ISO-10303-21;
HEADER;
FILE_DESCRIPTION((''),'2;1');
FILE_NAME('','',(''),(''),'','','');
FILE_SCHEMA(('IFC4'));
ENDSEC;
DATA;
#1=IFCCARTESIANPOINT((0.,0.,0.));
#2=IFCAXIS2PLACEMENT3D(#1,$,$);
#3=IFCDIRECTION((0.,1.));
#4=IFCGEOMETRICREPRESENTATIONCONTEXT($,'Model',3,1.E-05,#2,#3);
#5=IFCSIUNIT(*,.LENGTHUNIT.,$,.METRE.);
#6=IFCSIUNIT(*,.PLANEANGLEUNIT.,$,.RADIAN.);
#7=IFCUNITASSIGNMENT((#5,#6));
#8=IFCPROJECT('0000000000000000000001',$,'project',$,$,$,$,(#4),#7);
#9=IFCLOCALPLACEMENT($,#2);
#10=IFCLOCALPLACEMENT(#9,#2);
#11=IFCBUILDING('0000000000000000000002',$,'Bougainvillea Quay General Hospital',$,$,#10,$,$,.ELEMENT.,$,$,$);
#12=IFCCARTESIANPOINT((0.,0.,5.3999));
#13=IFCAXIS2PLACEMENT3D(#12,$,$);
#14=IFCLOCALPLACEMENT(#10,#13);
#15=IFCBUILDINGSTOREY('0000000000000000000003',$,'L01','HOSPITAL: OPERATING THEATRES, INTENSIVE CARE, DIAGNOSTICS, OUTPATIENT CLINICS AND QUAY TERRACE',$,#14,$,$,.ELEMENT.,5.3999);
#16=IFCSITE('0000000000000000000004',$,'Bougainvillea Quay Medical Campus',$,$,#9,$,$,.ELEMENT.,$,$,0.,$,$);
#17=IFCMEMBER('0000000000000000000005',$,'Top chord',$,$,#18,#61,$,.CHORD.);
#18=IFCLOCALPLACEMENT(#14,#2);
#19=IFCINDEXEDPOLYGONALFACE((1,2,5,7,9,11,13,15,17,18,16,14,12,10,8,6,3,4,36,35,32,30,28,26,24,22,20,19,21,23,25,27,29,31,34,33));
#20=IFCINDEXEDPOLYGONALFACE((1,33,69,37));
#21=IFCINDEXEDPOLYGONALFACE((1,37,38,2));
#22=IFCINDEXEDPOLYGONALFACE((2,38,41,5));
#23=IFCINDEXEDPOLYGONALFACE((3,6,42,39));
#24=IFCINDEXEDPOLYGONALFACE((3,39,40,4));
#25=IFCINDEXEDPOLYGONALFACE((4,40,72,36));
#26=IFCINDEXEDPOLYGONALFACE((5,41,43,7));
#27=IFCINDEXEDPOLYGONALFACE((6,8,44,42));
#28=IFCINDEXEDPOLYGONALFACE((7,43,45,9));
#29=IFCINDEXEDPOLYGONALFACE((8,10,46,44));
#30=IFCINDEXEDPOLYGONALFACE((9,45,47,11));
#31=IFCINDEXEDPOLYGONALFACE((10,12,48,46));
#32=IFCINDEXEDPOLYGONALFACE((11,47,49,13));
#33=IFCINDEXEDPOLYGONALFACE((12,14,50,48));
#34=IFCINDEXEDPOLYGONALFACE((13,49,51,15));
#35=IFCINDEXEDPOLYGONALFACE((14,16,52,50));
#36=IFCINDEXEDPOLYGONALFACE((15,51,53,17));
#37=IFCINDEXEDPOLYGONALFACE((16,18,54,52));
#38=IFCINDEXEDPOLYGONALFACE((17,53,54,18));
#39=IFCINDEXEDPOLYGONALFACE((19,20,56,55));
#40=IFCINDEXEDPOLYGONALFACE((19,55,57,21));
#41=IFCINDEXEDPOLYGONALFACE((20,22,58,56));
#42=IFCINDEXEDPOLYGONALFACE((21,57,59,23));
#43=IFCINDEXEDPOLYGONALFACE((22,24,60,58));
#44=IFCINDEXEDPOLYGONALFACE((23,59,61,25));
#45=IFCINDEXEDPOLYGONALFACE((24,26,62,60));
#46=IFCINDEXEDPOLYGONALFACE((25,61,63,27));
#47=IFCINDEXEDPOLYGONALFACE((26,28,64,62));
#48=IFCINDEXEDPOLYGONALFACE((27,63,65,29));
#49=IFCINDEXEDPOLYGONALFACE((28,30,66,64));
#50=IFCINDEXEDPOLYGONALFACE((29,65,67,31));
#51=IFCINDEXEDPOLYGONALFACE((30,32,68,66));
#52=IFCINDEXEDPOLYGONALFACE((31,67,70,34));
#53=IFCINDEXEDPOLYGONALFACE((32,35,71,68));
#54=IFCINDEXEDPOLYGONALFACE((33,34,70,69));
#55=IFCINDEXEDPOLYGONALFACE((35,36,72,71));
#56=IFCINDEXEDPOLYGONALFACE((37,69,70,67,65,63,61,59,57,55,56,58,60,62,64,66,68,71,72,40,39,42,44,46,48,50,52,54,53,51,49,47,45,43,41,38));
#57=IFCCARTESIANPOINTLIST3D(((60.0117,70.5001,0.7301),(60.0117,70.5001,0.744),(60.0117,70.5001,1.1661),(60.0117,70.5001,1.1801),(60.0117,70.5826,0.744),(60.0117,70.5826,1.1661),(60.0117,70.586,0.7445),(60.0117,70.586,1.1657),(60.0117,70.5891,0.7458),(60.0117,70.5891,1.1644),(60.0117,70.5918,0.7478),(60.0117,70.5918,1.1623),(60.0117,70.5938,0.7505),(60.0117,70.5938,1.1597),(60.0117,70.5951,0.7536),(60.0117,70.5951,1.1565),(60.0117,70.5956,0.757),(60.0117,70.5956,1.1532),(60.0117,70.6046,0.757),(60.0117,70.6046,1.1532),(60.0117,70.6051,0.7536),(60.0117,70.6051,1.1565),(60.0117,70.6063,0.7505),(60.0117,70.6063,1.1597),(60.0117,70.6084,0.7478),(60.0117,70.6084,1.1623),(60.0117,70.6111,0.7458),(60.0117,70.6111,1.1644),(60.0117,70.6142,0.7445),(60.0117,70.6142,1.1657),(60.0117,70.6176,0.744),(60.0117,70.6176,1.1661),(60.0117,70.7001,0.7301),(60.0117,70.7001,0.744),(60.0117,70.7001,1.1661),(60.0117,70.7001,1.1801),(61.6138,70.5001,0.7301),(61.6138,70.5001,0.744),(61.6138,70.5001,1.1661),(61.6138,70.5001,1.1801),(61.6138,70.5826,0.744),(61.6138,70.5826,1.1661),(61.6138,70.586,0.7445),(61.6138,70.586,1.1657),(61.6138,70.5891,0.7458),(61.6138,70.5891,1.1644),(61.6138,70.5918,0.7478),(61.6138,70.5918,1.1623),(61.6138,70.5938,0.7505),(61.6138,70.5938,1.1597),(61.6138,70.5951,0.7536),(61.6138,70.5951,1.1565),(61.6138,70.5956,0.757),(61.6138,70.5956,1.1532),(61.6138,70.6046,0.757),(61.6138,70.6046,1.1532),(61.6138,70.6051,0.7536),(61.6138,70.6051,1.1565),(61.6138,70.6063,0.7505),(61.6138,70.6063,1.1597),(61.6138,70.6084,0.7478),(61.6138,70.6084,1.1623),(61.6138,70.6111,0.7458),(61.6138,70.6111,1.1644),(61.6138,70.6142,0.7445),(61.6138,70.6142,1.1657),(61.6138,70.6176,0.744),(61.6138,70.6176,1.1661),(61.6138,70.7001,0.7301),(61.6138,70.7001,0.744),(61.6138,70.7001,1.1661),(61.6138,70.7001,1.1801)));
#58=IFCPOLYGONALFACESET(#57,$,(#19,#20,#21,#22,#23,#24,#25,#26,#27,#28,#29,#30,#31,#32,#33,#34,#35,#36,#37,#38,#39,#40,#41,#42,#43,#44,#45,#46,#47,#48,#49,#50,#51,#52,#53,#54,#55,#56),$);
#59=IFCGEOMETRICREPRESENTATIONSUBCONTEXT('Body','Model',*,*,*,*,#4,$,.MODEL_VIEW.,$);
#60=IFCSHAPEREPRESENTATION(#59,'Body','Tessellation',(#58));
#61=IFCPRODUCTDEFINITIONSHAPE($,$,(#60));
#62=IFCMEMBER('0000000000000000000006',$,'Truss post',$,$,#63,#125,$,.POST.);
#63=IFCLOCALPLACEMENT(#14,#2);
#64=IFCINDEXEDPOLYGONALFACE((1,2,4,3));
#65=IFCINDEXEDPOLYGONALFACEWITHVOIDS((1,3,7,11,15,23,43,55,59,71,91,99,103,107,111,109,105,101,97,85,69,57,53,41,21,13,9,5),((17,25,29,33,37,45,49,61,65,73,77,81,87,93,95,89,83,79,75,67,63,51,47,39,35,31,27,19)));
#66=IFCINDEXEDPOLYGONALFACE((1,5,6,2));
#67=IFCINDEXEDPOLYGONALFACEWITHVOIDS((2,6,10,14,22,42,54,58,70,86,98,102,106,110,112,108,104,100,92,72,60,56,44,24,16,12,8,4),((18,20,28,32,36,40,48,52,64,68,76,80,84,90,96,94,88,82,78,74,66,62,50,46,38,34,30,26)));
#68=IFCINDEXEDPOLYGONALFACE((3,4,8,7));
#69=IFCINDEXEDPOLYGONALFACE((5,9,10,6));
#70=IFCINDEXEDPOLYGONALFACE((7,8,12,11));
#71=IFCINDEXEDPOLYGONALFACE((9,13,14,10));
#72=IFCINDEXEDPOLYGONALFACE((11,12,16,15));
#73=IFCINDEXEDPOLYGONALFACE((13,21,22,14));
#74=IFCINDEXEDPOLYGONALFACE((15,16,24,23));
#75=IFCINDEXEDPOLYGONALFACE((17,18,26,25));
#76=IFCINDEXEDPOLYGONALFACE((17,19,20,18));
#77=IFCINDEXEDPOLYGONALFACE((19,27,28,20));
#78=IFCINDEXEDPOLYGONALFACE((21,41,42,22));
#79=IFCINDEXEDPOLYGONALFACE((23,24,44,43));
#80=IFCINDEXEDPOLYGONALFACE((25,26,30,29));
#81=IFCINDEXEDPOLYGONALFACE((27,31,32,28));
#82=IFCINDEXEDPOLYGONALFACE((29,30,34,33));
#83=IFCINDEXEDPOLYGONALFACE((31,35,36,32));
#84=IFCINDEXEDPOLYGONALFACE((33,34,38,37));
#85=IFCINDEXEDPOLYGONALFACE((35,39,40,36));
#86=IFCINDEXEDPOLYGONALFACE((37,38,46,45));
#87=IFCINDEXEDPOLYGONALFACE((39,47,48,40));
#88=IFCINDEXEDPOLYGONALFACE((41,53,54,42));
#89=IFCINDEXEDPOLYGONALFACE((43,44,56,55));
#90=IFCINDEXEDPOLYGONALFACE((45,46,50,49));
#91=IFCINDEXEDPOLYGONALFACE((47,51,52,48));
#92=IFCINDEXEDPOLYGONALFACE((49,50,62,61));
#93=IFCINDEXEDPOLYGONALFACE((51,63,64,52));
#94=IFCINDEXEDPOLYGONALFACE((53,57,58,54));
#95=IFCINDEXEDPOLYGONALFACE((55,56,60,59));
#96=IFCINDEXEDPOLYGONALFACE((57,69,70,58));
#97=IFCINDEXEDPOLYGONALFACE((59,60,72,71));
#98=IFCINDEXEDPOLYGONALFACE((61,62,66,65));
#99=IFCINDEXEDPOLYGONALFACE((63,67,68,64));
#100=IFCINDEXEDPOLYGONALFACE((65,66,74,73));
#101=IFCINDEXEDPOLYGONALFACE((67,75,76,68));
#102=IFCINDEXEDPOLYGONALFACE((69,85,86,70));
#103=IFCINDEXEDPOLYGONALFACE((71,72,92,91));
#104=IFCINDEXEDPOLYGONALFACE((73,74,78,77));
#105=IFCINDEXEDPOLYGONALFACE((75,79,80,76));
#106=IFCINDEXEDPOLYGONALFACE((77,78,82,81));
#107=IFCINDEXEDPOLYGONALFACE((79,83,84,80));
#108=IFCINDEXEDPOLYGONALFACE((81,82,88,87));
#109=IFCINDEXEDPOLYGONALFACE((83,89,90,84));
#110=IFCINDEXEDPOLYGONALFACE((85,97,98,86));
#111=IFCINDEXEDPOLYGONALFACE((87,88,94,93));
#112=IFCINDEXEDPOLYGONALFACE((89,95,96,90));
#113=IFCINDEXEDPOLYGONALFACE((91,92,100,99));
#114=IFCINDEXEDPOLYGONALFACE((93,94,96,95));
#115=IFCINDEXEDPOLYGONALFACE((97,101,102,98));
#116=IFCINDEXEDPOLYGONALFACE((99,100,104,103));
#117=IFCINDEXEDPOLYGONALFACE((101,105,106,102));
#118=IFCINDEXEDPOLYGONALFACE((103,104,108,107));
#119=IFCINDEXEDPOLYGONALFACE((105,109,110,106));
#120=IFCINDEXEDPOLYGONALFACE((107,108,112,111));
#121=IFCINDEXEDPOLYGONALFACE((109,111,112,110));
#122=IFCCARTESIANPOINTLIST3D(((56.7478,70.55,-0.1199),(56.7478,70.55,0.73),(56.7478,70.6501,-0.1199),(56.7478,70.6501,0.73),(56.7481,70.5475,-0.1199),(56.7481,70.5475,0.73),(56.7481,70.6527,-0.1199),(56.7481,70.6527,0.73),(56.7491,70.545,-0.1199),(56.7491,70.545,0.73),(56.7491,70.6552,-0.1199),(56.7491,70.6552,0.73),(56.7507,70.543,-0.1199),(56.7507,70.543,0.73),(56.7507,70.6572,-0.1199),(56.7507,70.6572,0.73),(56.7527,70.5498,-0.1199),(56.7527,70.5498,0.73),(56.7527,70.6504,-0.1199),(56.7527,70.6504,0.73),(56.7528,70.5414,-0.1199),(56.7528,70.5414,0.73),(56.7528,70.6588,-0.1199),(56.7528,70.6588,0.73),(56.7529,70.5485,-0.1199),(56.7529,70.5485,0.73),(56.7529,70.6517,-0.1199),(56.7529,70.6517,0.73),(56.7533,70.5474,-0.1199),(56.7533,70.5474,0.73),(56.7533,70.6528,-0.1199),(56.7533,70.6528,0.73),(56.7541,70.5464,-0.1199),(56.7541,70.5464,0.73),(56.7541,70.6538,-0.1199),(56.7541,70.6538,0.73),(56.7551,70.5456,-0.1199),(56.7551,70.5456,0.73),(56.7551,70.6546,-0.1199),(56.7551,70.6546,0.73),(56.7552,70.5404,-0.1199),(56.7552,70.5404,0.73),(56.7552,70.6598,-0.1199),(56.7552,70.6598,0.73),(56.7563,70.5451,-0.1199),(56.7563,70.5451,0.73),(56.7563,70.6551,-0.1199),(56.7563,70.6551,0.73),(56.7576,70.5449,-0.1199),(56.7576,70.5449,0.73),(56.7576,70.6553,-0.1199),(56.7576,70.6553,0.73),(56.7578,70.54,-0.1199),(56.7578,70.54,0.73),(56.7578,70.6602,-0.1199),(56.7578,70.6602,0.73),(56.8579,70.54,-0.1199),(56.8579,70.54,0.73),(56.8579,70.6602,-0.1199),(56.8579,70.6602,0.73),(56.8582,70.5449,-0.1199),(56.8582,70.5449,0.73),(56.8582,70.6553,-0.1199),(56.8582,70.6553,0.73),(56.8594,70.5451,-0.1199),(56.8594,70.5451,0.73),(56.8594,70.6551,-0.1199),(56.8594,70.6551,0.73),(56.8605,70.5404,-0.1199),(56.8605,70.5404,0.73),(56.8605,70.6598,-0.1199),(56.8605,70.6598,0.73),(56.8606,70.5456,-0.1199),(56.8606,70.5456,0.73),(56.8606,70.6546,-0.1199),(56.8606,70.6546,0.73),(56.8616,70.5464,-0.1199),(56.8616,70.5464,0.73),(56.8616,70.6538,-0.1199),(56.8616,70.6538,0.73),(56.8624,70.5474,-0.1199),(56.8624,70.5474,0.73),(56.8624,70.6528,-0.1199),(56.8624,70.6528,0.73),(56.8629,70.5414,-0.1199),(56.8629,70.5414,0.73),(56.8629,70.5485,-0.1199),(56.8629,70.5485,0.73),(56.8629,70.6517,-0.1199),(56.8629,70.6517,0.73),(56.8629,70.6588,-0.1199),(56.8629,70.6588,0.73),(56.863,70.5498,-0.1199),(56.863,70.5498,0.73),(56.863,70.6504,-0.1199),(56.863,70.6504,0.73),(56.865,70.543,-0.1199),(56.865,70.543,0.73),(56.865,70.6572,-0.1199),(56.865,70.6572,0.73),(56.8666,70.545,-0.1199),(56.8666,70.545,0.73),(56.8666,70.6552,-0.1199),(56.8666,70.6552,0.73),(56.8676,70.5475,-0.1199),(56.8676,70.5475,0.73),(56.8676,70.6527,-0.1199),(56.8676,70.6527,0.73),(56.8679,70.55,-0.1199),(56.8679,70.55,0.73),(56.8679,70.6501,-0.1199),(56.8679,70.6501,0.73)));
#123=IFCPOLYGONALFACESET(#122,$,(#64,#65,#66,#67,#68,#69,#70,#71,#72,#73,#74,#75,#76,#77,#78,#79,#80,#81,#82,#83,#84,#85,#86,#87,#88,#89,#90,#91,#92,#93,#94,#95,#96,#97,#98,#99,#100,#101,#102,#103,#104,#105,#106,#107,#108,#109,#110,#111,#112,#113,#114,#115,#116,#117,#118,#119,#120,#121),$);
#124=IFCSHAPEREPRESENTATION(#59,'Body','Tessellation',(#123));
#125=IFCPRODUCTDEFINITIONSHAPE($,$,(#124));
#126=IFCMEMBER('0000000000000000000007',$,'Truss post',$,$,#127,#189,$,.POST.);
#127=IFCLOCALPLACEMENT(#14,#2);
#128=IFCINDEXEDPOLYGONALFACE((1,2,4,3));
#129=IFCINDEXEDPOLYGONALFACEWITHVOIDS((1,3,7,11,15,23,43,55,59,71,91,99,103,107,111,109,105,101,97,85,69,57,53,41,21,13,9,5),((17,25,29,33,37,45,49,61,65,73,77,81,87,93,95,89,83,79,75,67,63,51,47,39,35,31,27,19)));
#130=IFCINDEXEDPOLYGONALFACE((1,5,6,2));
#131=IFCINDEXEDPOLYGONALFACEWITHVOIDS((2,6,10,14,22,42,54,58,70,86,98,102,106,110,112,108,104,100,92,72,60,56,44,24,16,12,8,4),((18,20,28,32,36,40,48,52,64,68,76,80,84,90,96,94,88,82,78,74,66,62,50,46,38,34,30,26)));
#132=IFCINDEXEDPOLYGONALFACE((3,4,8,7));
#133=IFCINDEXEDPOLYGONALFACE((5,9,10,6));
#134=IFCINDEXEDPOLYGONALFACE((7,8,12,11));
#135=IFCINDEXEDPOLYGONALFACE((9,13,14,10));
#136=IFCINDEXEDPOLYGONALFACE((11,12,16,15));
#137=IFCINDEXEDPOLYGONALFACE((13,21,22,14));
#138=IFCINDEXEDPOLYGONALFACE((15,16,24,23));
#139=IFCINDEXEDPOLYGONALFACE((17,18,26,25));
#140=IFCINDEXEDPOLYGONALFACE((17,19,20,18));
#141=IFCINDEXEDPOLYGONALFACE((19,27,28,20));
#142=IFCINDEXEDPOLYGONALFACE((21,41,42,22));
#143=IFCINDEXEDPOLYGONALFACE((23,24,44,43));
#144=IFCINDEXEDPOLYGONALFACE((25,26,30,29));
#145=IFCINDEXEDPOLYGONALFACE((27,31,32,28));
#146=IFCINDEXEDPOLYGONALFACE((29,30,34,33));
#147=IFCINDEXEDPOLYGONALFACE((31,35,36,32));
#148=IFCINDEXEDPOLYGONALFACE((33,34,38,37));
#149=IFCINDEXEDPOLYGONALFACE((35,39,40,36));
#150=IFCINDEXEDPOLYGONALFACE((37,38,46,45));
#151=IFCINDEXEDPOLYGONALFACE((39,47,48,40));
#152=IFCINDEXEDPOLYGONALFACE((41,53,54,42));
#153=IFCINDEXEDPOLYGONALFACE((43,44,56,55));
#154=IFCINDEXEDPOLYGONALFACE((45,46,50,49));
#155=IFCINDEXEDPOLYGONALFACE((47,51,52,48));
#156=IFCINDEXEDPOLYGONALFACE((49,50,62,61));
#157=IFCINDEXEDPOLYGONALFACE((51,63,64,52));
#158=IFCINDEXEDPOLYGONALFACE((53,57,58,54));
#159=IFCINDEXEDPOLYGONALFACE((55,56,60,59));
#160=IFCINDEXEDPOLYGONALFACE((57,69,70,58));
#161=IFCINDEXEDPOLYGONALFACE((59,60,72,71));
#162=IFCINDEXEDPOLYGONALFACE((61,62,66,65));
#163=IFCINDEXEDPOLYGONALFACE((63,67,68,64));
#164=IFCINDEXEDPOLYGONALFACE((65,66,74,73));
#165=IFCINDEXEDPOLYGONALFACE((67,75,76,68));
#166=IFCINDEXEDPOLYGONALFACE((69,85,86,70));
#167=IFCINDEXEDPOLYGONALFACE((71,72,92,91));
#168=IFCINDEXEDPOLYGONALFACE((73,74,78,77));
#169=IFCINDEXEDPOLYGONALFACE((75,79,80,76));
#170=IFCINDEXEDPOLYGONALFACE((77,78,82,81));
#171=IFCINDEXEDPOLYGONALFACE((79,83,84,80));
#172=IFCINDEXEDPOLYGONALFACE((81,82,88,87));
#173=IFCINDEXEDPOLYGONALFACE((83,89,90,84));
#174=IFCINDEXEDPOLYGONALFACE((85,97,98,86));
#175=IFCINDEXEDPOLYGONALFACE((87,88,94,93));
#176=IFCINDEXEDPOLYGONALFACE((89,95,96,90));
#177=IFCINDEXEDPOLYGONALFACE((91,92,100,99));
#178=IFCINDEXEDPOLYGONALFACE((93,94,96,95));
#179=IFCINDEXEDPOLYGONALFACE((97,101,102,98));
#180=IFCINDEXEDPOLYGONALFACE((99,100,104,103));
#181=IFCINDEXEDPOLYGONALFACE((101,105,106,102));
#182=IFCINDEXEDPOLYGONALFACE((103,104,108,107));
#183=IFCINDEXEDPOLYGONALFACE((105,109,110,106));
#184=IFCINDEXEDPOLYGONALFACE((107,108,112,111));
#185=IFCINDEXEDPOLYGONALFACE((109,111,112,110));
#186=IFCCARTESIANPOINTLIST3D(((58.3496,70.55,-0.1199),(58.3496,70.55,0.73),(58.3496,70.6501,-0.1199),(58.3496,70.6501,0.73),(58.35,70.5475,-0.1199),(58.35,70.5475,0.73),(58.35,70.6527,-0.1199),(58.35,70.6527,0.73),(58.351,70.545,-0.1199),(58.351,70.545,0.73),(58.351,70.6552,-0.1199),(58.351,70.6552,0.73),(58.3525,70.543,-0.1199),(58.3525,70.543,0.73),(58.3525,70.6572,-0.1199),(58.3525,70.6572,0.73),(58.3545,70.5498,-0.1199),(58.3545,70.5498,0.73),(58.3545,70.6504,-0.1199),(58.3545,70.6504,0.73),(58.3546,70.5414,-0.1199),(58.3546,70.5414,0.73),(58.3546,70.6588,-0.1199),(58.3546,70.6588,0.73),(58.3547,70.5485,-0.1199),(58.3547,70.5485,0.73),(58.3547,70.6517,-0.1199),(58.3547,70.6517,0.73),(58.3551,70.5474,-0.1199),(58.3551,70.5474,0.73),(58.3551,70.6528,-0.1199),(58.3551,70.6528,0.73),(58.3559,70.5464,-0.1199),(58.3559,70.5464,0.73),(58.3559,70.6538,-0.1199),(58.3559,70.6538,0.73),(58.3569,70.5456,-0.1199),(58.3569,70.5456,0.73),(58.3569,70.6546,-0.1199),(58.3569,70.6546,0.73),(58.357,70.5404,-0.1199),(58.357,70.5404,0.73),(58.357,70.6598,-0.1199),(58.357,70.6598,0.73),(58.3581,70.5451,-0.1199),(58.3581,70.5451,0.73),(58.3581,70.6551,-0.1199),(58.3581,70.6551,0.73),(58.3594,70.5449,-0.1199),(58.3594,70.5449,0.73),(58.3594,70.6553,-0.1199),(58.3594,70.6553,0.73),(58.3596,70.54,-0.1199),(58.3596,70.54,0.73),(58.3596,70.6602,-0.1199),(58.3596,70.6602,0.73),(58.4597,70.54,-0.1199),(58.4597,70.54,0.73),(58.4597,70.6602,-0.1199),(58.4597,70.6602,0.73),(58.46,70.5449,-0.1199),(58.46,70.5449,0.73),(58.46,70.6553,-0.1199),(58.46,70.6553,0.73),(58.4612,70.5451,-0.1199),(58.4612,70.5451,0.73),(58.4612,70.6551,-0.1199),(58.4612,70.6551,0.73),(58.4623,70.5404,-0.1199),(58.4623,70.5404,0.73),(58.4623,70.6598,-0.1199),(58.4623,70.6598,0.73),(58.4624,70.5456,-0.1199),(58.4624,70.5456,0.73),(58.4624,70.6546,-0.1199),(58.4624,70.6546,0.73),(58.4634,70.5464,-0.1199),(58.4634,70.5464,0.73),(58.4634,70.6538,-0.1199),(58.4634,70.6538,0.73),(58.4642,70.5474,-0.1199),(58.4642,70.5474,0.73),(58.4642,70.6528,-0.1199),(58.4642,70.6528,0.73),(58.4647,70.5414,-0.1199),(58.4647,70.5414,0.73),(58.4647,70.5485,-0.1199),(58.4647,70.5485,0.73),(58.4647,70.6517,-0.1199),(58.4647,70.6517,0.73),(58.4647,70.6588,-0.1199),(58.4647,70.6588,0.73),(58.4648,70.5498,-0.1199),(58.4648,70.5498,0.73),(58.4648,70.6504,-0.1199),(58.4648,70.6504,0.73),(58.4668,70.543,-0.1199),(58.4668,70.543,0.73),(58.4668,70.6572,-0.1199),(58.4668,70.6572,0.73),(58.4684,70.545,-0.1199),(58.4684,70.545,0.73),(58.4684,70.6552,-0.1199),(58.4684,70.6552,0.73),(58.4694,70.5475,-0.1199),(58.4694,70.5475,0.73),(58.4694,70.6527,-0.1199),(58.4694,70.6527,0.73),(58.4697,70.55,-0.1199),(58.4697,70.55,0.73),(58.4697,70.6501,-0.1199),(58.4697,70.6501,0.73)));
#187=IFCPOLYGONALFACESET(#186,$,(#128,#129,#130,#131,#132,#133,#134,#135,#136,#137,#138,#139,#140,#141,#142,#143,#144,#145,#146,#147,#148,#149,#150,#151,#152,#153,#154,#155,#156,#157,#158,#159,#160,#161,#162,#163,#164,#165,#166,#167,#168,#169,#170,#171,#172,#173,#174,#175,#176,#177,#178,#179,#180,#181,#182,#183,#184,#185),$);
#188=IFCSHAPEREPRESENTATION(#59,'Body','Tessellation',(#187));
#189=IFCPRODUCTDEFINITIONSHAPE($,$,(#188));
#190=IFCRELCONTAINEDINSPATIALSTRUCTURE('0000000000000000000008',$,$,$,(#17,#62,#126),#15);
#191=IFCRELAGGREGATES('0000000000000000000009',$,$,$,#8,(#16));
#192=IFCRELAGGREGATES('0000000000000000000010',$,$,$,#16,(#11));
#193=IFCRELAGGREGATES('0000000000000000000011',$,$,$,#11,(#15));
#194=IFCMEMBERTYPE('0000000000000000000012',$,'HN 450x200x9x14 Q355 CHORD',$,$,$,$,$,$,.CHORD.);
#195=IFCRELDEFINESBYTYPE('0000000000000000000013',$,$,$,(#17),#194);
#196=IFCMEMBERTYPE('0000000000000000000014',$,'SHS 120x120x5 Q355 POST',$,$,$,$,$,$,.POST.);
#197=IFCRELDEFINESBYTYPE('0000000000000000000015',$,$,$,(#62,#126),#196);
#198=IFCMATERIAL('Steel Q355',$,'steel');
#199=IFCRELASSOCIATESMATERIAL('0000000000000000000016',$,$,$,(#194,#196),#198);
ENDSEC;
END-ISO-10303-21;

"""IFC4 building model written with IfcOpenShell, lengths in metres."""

from ifc_helpers import new_model, si_unit, direction, frame, origin, origin_2d, place, context, subcontext, project, spatial, hollow_rectangle, i_section, extrude, material, material_profile, profile_set, type_object, element, save


model = new_model("IFC4")

# Units and contexts
model_context = context("Model", 3, precision=1e-05, world=origin(), true_north=direction((0.0, 1.0)))
body_context = subcontext(model_context, "Body", "Model", "MODEL_VIEW")
ifc_project = project(units=[si_unit("LENGTHUNIT", "METRE"), si_unit("PLANEANGLEUNIT", "RADIAN")], contexts=[model_context])

# Site, building, storey
site_placement = place(None, origin())
site = spatial("IfcSite", under=ifc_project, at=site_placement, Name="Bougainvillea Quay Medical Campus", CompositionType="ELEMENT", RefElevation=0.0)
building_placement = place(site_placement, origin())
building = spatial("IfcBuilding", under=site, at=building_placement, Name="Bougainvillea Quay General Hospital", CompositionType="ELEMENT")
storey_placement = place(building_placement, frame((0.0, 0.0, 5.3999)))
storey = spatial("IfcBuildingStorey", under=building, at=storey_placement, Name="L01", Description="HOSPITAL: OPERATING THEATRES, INTENSIVE CARE, DIAGNOSTICS, OUTPATIENT CLINICS AND QUAY TERRACE", CompositionType="ELEMENT", Elevation=5.3999)

# Members
ifc_material_1 = material(Name="Steel Q355", Category="steel")
ifc_material_profile_1 = material_profile(ifc_material_1, i_section(OverallWidth=0.2, OverallDepth=0.45, WebThickness=0.009, FlangeThickness=0.0139, FilletRadius=0.0129, at=origin_2d()))
ifc_profile_set_1 = profile_set([ifc_material_profile_1], Name="Steel Q355")
member_type_1 = type_object("IfcMemberType", Name="HN 450x200x9x14 Q355 CHORD", PredefinedType="CHORD", material=ifc_profile_set_1)
for number, where, z_axis, x_axis, name in (
    (1, (60.0117, 70.6001, 0.9551), (1.0, 0.0, 0.0), (0.0, 1.0, 0.0), "Top chord"),
):
    element("IfcMember", number, at=place(storey_placement, frame(where, z_axis=z_axis, x_axis=x_axis)), inside=storey, type_object=member_type_1, Name=name, PredefinedType="CHORD", context=body_context, shape_type="SweptSolid", body=[
        extrude(i_section(OverallWidth=0.2, OverallDepth=0.45, WebThickness=0.009, FlangeThickness=0.0139, FilletRadius=0.0129, at=origin_2d()), origin(), (0.0, 0.0, 1.0), 1.6021),
    ])
ifc_material_profile_2 = material_profile(ifc_material_1, hollow_rectangle(XDim=0.1201, YDim=0.1201, WallThickness=0.0049, InnerFilletRadius=0.0049, OuterFilletRadius=0.01, at=origin_2d()))
ifc_profile_set_2 = profile_set([ifc_material_profile_2], Name="Steel Q355")
member_type_2 = type_object("IfcMemberType", Name="SHS 120x120x5 Q355 POST", PredefinedType="POST", material=ifc_profile_set_2)
for number, where, z_axis, x_axis, name in (
    (2, (56.8079, 70.6001, -0.1199), (0.0, 0.0, 1.0), (1.0, 0.0, 0.0), "Truss post"),
    (3, (58.4097, 70.6001, -0.1199), (0.0, 0.0, 1.0), (1.0, 0.0, 0.0), "Truss post"),
):
    element("IfcMember", number, at=place(storey_placement, frame(where, z_axis=z_axis, x_axis=x_axis)), inside=storey, type_object=member_type_2, Name=name, PredefinedType="POST", context=body_context, shape_type="SweptSolid", body=[
        extrude(hollow_rectangle(XDim=0.1201, YDim=0.1201, WallThickness=0.0049, InnerFilletRadius=0.0049, OuterFilletRadius=0.01, at=origin_2d()), origin(), (0.0, 0.0, 1.0), 0.8499),
    ])

save(model, "model.ifc")
